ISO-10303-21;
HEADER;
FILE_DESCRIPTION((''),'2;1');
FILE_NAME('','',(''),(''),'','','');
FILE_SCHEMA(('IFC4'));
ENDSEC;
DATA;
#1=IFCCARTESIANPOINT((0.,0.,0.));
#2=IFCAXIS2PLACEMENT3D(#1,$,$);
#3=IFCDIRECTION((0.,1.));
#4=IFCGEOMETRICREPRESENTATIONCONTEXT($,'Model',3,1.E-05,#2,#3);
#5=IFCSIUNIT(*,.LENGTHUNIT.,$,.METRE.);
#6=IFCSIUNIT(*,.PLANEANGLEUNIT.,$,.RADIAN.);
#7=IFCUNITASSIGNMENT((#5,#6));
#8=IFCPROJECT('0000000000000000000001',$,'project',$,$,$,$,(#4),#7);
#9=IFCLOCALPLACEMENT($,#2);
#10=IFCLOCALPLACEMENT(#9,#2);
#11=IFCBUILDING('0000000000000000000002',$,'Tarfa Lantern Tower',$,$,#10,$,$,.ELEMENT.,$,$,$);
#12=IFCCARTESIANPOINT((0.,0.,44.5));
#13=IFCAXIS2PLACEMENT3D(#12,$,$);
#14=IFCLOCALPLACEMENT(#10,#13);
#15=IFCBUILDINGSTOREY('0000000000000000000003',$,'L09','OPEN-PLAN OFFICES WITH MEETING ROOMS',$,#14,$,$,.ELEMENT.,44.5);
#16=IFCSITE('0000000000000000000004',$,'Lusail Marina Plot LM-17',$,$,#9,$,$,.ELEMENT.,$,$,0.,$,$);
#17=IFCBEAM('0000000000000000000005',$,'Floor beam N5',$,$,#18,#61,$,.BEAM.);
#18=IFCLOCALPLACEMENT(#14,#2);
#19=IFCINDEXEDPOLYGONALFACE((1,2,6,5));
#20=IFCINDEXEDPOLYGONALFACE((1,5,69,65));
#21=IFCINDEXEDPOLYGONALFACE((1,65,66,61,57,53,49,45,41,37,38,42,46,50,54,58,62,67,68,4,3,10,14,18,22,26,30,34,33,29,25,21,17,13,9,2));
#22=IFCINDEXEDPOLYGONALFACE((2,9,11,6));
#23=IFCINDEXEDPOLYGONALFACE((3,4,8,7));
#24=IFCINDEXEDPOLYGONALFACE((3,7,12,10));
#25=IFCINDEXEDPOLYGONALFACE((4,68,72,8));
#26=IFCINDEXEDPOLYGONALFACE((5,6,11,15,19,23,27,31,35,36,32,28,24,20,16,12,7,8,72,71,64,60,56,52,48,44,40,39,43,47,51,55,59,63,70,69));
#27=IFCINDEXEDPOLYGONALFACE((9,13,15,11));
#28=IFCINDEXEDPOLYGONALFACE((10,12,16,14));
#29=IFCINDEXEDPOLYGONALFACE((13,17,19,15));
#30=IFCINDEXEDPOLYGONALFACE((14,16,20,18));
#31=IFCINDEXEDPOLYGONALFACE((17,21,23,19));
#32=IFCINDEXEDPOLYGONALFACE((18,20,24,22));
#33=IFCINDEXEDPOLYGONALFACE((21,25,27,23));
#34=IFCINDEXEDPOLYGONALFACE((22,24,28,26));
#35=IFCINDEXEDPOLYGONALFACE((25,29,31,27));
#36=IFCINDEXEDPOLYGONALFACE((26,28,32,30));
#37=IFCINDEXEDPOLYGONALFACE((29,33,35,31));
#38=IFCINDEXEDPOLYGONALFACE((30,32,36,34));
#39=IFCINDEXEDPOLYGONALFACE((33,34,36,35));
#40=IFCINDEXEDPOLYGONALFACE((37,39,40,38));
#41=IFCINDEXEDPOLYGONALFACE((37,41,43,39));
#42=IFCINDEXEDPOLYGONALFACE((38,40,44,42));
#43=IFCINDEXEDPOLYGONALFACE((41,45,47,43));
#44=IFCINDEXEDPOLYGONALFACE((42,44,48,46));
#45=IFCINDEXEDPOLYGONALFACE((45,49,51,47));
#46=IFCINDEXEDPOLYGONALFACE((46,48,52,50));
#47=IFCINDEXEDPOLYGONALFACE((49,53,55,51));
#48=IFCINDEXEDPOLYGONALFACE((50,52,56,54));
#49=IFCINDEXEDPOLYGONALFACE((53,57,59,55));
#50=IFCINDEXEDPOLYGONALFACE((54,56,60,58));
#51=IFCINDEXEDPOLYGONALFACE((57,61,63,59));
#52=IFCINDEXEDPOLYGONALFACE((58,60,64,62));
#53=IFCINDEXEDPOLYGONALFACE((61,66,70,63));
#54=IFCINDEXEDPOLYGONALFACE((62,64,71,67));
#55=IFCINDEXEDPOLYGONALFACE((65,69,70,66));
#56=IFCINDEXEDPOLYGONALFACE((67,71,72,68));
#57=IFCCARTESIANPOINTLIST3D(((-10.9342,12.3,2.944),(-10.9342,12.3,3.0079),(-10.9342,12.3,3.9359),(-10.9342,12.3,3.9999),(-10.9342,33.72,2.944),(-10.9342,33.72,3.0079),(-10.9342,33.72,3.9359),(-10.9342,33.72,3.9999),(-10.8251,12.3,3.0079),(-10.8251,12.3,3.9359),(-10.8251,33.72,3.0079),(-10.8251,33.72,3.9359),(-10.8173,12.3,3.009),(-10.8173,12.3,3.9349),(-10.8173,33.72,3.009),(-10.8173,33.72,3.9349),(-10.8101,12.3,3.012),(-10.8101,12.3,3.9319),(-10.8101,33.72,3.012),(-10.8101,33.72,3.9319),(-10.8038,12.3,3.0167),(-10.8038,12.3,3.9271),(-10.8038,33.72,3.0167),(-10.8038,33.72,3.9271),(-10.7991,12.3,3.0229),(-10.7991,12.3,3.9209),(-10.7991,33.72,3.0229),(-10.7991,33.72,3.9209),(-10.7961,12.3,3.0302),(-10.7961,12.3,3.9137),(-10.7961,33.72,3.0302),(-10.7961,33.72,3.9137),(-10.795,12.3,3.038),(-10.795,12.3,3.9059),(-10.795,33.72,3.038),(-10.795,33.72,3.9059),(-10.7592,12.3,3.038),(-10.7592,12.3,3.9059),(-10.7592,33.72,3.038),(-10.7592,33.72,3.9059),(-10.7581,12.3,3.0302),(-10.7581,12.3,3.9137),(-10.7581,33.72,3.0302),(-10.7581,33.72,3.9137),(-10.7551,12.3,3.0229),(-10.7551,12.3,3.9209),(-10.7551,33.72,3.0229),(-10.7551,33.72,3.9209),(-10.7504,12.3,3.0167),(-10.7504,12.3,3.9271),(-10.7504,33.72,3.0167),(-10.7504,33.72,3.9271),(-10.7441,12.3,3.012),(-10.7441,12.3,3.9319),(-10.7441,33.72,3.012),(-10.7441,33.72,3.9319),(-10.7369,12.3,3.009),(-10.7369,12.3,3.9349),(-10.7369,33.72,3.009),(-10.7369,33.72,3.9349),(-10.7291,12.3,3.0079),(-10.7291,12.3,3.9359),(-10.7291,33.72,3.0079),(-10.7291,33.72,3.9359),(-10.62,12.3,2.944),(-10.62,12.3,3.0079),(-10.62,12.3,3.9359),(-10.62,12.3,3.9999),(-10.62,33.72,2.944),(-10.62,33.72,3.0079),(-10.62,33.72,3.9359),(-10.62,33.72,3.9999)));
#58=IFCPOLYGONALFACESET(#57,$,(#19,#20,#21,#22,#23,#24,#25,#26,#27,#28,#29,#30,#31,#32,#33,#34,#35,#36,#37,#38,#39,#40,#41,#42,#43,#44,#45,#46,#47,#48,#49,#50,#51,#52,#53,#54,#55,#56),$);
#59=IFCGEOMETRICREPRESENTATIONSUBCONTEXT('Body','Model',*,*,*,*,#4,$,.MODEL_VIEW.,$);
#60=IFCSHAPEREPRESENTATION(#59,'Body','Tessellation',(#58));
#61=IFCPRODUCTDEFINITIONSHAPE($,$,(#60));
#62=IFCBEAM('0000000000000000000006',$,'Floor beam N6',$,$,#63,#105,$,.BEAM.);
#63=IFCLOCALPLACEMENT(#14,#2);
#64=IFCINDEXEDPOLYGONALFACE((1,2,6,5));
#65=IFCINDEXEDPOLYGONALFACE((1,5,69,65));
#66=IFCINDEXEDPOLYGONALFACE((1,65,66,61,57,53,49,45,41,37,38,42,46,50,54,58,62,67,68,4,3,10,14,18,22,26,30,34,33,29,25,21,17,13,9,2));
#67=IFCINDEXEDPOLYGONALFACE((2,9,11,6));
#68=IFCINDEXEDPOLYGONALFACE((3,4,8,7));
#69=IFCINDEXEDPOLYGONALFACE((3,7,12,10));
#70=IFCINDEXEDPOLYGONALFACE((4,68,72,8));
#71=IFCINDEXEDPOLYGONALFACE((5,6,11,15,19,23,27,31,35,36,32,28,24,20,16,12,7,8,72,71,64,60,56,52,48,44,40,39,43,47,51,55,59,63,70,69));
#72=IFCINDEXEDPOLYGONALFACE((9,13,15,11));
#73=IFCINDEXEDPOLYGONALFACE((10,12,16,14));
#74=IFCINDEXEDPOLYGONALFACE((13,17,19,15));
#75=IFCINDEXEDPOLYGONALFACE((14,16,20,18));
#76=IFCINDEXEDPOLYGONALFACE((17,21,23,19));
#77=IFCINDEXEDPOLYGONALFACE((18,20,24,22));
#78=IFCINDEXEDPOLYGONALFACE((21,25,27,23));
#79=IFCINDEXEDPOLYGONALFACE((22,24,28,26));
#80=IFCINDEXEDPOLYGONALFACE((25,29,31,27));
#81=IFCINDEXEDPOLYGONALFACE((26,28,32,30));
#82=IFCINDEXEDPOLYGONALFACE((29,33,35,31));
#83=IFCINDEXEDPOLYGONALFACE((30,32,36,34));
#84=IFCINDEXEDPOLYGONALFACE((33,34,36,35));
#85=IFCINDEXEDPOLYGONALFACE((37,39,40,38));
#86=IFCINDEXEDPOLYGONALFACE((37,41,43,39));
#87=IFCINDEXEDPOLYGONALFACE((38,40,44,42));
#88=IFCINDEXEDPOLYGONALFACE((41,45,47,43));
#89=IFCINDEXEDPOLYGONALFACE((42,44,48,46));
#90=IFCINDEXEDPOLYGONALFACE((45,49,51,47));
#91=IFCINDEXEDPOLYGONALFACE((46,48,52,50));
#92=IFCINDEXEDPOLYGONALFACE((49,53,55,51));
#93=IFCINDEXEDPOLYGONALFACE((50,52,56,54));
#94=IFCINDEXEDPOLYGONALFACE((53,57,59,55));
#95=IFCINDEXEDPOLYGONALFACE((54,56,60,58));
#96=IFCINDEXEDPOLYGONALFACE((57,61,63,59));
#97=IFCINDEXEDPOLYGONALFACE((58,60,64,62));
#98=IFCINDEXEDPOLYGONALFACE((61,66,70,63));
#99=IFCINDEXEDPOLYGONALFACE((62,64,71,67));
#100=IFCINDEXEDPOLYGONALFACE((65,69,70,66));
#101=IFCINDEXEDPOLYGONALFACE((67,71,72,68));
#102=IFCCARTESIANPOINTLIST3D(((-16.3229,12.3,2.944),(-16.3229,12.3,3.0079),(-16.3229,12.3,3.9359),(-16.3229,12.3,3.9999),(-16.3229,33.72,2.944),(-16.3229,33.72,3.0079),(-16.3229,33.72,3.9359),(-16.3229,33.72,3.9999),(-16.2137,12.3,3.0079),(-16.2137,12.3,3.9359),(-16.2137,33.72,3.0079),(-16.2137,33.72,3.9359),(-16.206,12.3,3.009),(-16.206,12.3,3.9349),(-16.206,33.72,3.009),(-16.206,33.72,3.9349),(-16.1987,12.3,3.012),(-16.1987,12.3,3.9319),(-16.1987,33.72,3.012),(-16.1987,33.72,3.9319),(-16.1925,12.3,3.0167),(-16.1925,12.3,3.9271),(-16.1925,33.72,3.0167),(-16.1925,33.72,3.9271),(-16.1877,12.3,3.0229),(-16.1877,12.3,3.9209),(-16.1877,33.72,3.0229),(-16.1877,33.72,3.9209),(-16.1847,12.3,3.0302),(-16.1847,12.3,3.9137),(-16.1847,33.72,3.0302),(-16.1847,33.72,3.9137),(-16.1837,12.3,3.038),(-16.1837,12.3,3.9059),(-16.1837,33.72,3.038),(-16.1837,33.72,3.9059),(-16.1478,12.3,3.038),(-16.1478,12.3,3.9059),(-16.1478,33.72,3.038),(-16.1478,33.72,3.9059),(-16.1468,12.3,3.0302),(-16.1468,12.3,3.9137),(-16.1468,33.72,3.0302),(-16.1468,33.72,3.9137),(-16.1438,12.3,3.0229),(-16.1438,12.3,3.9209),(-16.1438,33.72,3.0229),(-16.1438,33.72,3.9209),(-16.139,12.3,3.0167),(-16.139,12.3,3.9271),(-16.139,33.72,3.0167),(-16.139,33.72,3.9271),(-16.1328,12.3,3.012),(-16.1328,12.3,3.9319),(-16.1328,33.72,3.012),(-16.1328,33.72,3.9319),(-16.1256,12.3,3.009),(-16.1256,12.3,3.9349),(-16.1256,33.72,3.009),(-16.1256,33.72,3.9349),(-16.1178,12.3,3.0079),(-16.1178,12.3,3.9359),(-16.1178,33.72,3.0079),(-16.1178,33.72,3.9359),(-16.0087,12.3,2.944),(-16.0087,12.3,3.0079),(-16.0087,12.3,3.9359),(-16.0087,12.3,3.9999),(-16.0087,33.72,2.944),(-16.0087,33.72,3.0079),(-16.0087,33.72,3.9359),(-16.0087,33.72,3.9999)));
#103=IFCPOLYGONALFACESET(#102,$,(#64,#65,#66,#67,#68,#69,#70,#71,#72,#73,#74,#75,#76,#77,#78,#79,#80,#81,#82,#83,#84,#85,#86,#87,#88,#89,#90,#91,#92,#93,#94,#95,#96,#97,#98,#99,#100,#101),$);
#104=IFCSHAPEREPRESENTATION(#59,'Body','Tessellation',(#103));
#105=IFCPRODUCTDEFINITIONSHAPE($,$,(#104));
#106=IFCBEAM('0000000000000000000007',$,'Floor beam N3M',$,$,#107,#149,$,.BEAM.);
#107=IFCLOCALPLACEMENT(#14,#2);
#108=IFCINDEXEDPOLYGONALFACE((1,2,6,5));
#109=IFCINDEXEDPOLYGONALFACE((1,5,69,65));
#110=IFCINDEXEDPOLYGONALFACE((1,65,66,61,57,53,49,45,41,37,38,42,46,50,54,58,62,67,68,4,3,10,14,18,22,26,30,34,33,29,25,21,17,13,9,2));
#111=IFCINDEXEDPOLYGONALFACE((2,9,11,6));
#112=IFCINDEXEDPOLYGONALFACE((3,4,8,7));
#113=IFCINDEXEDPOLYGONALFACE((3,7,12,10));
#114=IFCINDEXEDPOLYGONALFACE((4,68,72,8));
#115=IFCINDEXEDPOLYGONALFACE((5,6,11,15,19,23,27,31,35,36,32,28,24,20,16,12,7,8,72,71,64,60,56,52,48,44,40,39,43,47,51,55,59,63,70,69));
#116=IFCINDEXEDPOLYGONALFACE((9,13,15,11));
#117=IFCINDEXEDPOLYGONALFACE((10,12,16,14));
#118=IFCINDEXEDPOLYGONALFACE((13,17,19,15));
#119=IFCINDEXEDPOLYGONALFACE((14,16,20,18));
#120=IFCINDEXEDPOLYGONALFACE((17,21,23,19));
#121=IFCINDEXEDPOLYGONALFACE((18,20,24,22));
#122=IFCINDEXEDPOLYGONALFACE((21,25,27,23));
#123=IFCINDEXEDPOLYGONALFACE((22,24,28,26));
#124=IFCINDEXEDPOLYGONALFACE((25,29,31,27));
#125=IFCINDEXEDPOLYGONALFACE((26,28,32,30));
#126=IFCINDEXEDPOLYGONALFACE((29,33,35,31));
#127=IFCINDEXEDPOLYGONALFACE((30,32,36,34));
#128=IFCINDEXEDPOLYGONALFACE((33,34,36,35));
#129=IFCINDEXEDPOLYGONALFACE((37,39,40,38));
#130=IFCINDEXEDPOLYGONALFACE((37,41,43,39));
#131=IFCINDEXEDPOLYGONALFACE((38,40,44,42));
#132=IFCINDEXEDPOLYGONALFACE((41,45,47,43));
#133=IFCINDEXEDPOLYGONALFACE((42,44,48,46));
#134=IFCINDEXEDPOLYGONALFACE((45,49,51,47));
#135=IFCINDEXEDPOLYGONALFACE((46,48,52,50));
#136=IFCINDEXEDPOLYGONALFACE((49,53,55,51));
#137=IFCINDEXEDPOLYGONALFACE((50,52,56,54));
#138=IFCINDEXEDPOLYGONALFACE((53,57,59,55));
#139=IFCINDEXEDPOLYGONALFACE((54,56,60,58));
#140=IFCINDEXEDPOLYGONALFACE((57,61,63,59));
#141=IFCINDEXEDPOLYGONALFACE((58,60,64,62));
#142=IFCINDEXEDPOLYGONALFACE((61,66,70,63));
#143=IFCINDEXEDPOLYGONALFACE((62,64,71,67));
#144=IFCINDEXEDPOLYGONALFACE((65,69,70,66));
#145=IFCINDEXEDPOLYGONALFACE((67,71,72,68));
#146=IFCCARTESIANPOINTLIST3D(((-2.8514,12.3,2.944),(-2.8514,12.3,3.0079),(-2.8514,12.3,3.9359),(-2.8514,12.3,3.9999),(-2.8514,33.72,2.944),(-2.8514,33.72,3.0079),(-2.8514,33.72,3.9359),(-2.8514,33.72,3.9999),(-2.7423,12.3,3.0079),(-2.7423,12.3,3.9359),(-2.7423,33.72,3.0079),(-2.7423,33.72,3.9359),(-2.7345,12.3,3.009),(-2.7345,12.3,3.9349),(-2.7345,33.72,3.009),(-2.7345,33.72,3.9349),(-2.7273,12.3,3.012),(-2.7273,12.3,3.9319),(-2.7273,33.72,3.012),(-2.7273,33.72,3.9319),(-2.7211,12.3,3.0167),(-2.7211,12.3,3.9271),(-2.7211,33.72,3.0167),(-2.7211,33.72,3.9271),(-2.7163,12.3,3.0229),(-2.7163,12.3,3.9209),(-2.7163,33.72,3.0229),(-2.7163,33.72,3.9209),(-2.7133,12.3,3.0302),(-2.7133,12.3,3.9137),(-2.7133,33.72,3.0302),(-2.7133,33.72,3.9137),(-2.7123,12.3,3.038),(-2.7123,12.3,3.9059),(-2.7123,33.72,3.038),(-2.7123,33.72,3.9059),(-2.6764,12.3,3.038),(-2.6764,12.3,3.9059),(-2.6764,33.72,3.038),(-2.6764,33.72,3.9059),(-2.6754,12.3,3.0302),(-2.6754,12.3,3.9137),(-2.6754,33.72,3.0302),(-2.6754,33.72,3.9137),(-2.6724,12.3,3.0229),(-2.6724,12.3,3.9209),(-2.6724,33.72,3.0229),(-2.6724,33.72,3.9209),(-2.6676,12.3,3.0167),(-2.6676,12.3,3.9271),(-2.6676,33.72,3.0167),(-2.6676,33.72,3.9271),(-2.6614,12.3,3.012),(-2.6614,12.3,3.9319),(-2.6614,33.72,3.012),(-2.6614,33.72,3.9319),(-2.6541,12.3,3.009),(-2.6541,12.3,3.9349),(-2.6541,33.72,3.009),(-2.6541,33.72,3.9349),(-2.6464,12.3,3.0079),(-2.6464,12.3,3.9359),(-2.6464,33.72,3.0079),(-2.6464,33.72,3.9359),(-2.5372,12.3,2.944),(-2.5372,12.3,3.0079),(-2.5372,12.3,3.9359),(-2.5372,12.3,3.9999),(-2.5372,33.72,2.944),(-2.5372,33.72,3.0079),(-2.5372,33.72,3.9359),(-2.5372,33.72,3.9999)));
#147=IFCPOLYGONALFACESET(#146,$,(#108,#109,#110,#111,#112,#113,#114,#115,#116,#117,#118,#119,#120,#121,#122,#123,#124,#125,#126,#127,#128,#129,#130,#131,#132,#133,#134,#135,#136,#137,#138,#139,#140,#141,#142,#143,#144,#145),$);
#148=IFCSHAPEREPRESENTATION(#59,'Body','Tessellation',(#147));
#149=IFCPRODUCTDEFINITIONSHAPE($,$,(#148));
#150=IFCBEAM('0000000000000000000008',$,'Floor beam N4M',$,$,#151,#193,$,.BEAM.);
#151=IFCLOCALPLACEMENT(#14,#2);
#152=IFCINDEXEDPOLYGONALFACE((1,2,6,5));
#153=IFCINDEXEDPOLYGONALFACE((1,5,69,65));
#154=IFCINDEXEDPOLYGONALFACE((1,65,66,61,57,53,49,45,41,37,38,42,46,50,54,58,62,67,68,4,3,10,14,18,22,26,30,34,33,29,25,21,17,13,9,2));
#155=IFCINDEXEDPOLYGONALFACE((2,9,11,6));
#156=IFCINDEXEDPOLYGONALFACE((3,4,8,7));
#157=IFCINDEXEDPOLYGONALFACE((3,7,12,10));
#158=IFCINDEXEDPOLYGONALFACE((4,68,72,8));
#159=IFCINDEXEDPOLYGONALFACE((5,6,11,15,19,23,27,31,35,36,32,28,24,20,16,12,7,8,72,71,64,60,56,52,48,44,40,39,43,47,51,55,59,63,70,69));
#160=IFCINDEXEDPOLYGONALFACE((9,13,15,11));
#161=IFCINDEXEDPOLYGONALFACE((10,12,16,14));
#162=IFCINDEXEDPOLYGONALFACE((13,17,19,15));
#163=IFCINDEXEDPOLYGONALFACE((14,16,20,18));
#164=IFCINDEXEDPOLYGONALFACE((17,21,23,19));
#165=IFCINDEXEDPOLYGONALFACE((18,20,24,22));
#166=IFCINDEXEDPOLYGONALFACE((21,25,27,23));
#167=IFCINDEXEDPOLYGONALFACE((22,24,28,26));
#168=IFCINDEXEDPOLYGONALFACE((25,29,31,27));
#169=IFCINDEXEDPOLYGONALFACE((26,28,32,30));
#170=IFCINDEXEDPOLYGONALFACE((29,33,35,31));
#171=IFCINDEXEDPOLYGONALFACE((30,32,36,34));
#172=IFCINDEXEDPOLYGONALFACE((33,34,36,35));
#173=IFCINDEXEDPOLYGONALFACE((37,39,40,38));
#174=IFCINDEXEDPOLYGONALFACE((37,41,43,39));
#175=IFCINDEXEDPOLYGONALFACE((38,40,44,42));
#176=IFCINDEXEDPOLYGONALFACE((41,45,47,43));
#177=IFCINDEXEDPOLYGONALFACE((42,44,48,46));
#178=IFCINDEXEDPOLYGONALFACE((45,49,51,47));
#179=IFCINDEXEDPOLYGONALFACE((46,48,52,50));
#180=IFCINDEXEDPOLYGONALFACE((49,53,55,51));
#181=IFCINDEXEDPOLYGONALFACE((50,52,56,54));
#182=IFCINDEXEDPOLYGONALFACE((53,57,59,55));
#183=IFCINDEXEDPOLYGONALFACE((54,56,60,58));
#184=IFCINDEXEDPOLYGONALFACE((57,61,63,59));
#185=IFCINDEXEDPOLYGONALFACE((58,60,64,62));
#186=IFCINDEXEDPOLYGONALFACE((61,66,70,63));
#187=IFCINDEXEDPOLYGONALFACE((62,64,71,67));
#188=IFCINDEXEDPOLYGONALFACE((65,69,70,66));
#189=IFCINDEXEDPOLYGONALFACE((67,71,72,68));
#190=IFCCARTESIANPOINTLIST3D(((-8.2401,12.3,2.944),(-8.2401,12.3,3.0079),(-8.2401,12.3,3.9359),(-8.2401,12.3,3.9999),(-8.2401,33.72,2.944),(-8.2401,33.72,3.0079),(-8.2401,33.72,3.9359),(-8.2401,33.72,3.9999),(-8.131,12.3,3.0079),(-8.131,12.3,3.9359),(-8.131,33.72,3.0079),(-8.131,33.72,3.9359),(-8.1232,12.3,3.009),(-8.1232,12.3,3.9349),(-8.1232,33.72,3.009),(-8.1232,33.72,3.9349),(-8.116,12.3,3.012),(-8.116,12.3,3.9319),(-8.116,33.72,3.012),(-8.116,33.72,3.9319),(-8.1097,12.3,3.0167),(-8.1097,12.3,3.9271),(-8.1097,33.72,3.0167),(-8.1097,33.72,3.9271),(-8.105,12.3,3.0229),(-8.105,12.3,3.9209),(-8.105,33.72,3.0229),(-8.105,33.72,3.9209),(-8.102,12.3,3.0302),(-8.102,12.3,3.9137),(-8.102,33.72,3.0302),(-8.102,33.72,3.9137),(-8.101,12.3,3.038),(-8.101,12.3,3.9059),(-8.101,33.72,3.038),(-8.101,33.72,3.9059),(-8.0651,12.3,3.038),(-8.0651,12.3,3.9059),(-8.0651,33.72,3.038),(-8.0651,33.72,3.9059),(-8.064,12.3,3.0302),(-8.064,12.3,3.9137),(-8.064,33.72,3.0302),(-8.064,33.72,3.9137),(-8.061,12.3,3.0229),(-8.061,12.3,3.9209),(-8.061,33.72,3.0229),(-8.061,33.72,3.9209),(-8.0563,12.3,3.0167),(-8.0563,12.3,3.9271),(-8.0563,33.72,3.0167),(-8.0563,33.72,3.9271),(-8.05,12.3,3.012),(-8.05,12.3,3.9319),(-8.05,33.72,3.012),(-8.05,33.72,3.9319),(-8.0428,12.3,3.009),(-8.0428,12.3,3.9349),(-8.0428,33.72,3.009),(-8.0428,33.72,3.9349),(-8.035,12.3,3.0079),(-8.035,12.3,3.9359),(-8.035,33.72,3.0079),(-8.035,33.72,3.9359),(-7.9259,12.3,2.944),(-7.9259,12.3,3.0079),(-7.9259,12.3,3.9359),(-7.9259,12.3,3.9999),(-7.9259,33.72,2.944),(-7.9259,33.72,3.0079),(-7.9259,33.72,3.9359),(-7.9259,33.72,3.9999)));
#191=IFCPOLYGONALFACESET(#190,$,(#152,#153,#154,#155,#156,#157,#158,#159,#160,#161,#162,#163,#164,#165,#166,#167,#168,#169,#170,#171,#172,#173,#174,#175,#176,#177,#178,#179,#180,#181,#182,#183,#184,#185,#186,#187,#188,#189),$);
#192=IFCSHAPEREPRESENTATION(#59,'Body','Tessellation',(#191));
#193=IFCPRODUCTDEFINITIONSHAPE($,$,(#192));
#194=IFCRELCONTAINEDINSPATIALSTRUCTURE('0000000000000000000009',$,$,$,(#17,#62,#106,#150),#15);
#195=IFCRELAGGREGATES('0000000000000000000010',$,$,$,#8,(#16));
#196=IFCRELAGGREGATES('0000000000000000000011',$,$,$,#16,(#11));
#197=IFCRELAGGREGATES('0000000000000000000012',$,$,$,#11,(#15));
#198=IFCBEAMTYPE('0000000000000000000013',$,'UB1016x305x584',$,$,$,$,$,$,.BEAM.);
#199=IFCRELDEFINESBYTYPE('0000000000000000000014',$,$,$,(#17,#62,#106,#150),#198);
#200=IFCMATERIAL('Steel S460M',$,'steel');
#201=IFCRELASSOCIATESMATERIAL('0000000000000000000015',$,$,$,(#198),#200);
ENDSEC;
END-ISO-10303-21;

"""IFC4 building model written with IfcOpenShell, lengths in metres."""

from ifc_helpers import new_model, si_unit, direction, frame, origin, origin_2d, place, context, subcontext, project, spatial, i_section, extrude, material, material_profile, profile_set, type_object, element, save


model = new_model("IFC4")

# Units and contexts
model_context = context("Model", 3, precision=1e-05, world=origin(), true_north=direction((0.0, 1.0)))
body_context = subcontext(model_context, "Body", "Model", "MODEL_VIEW")
ifc_project = project(units=[si_unit("LENGTHUNIT", "METRE"), si_unit("PLANEANGLEUNIT", "RADIAN")], contexts=[model_context])

# Site, building, storey
site_placement = place(None, origin())
site = spatial("IfcSite", under=ifc_project, at=site_placement, Name="Lusail Marina Plot LM-17", CompositionType="ELEMENT", RefElevation=0.0)
building_placement = place(site_placement, origin())
building = spatial("IfcBuilding", under=site, at=building_placement, Name="Tarfa Lantern Tower", CompositionType="ELEMENT")
storey_placement = place(building_placement, frame((0.0, 0.0, 44.5)))
storey = spatial("IfcBuildingStorey", under=building, at=storey_placement, Name="L09", Description="OPEN-PLAN OFFICES WITH MEETING ROOMS", CompositionType="ELEMENT", Elevation=44.5)

# Beams
ifc_material_1 = material(Name="Steel S460M", Category="steel")
ifc_material_profile_1 = material_profile(ifc_material_1, i_section(OverallWidth=0.3142, OverallDepth=1.0559, WebThickness=0.0359, FlangeThickness=0.064, FilletRadius=0.03, at=origin_2d()), Name="UB1016x305x584")
ifc_profile_set_1 = profile_set([ifc_material_profile_1], Name="Steel S460M")
beam_type_1 = type_object("IfcBeamType", Name="UB1016x305x584", PredefinedType="BEAM", material=ifc_profile_set_1)
for number, where, z_axis, x_axis, name in (
    (1, (-10.7771, 33.72, 3.4719), (0.0, -1.0, 0.0), (1.0, 0.0, 0.0), "Floor beam N5"),
    (2, (-16.1658, 33.72, 3.4719), (0.0, -1.0, 0.0), (1.0, 0.0, 0.0), "Floor beam N6"),
    (3, (-2.6943, 33.72, 3.4719), (0.0, -1.0, 0.0), (1.0, 0.0, 0.0), "Floor beam N3M"),
    (4, (-8.083, 33.72, 3.4719), (0.0, -1.0, 0.0), (1.0, 0.0, 0.0), "Floor beam N4M"),
):
    element("IfcBeam", number, at=place(storey_placement, frame(where, z_axis=z_axis, x_axis=x_axis)), inside=storey, type_object=beam_type_1, Name=name, PredefinedType="BEAM", context=body_context, shape_type="SweptSolid", body=[
        extrude(i_section(OverallWidth=0.3142, OverallDepth=1.0559, WebThickness=0.0359, FlangeThickness=0.064, FilletRadius=0.03, at=origin_2d()), origin(), (0.0, 0.0, 1.0), 21.4199),
    ])

save(model, "model.ifc")
